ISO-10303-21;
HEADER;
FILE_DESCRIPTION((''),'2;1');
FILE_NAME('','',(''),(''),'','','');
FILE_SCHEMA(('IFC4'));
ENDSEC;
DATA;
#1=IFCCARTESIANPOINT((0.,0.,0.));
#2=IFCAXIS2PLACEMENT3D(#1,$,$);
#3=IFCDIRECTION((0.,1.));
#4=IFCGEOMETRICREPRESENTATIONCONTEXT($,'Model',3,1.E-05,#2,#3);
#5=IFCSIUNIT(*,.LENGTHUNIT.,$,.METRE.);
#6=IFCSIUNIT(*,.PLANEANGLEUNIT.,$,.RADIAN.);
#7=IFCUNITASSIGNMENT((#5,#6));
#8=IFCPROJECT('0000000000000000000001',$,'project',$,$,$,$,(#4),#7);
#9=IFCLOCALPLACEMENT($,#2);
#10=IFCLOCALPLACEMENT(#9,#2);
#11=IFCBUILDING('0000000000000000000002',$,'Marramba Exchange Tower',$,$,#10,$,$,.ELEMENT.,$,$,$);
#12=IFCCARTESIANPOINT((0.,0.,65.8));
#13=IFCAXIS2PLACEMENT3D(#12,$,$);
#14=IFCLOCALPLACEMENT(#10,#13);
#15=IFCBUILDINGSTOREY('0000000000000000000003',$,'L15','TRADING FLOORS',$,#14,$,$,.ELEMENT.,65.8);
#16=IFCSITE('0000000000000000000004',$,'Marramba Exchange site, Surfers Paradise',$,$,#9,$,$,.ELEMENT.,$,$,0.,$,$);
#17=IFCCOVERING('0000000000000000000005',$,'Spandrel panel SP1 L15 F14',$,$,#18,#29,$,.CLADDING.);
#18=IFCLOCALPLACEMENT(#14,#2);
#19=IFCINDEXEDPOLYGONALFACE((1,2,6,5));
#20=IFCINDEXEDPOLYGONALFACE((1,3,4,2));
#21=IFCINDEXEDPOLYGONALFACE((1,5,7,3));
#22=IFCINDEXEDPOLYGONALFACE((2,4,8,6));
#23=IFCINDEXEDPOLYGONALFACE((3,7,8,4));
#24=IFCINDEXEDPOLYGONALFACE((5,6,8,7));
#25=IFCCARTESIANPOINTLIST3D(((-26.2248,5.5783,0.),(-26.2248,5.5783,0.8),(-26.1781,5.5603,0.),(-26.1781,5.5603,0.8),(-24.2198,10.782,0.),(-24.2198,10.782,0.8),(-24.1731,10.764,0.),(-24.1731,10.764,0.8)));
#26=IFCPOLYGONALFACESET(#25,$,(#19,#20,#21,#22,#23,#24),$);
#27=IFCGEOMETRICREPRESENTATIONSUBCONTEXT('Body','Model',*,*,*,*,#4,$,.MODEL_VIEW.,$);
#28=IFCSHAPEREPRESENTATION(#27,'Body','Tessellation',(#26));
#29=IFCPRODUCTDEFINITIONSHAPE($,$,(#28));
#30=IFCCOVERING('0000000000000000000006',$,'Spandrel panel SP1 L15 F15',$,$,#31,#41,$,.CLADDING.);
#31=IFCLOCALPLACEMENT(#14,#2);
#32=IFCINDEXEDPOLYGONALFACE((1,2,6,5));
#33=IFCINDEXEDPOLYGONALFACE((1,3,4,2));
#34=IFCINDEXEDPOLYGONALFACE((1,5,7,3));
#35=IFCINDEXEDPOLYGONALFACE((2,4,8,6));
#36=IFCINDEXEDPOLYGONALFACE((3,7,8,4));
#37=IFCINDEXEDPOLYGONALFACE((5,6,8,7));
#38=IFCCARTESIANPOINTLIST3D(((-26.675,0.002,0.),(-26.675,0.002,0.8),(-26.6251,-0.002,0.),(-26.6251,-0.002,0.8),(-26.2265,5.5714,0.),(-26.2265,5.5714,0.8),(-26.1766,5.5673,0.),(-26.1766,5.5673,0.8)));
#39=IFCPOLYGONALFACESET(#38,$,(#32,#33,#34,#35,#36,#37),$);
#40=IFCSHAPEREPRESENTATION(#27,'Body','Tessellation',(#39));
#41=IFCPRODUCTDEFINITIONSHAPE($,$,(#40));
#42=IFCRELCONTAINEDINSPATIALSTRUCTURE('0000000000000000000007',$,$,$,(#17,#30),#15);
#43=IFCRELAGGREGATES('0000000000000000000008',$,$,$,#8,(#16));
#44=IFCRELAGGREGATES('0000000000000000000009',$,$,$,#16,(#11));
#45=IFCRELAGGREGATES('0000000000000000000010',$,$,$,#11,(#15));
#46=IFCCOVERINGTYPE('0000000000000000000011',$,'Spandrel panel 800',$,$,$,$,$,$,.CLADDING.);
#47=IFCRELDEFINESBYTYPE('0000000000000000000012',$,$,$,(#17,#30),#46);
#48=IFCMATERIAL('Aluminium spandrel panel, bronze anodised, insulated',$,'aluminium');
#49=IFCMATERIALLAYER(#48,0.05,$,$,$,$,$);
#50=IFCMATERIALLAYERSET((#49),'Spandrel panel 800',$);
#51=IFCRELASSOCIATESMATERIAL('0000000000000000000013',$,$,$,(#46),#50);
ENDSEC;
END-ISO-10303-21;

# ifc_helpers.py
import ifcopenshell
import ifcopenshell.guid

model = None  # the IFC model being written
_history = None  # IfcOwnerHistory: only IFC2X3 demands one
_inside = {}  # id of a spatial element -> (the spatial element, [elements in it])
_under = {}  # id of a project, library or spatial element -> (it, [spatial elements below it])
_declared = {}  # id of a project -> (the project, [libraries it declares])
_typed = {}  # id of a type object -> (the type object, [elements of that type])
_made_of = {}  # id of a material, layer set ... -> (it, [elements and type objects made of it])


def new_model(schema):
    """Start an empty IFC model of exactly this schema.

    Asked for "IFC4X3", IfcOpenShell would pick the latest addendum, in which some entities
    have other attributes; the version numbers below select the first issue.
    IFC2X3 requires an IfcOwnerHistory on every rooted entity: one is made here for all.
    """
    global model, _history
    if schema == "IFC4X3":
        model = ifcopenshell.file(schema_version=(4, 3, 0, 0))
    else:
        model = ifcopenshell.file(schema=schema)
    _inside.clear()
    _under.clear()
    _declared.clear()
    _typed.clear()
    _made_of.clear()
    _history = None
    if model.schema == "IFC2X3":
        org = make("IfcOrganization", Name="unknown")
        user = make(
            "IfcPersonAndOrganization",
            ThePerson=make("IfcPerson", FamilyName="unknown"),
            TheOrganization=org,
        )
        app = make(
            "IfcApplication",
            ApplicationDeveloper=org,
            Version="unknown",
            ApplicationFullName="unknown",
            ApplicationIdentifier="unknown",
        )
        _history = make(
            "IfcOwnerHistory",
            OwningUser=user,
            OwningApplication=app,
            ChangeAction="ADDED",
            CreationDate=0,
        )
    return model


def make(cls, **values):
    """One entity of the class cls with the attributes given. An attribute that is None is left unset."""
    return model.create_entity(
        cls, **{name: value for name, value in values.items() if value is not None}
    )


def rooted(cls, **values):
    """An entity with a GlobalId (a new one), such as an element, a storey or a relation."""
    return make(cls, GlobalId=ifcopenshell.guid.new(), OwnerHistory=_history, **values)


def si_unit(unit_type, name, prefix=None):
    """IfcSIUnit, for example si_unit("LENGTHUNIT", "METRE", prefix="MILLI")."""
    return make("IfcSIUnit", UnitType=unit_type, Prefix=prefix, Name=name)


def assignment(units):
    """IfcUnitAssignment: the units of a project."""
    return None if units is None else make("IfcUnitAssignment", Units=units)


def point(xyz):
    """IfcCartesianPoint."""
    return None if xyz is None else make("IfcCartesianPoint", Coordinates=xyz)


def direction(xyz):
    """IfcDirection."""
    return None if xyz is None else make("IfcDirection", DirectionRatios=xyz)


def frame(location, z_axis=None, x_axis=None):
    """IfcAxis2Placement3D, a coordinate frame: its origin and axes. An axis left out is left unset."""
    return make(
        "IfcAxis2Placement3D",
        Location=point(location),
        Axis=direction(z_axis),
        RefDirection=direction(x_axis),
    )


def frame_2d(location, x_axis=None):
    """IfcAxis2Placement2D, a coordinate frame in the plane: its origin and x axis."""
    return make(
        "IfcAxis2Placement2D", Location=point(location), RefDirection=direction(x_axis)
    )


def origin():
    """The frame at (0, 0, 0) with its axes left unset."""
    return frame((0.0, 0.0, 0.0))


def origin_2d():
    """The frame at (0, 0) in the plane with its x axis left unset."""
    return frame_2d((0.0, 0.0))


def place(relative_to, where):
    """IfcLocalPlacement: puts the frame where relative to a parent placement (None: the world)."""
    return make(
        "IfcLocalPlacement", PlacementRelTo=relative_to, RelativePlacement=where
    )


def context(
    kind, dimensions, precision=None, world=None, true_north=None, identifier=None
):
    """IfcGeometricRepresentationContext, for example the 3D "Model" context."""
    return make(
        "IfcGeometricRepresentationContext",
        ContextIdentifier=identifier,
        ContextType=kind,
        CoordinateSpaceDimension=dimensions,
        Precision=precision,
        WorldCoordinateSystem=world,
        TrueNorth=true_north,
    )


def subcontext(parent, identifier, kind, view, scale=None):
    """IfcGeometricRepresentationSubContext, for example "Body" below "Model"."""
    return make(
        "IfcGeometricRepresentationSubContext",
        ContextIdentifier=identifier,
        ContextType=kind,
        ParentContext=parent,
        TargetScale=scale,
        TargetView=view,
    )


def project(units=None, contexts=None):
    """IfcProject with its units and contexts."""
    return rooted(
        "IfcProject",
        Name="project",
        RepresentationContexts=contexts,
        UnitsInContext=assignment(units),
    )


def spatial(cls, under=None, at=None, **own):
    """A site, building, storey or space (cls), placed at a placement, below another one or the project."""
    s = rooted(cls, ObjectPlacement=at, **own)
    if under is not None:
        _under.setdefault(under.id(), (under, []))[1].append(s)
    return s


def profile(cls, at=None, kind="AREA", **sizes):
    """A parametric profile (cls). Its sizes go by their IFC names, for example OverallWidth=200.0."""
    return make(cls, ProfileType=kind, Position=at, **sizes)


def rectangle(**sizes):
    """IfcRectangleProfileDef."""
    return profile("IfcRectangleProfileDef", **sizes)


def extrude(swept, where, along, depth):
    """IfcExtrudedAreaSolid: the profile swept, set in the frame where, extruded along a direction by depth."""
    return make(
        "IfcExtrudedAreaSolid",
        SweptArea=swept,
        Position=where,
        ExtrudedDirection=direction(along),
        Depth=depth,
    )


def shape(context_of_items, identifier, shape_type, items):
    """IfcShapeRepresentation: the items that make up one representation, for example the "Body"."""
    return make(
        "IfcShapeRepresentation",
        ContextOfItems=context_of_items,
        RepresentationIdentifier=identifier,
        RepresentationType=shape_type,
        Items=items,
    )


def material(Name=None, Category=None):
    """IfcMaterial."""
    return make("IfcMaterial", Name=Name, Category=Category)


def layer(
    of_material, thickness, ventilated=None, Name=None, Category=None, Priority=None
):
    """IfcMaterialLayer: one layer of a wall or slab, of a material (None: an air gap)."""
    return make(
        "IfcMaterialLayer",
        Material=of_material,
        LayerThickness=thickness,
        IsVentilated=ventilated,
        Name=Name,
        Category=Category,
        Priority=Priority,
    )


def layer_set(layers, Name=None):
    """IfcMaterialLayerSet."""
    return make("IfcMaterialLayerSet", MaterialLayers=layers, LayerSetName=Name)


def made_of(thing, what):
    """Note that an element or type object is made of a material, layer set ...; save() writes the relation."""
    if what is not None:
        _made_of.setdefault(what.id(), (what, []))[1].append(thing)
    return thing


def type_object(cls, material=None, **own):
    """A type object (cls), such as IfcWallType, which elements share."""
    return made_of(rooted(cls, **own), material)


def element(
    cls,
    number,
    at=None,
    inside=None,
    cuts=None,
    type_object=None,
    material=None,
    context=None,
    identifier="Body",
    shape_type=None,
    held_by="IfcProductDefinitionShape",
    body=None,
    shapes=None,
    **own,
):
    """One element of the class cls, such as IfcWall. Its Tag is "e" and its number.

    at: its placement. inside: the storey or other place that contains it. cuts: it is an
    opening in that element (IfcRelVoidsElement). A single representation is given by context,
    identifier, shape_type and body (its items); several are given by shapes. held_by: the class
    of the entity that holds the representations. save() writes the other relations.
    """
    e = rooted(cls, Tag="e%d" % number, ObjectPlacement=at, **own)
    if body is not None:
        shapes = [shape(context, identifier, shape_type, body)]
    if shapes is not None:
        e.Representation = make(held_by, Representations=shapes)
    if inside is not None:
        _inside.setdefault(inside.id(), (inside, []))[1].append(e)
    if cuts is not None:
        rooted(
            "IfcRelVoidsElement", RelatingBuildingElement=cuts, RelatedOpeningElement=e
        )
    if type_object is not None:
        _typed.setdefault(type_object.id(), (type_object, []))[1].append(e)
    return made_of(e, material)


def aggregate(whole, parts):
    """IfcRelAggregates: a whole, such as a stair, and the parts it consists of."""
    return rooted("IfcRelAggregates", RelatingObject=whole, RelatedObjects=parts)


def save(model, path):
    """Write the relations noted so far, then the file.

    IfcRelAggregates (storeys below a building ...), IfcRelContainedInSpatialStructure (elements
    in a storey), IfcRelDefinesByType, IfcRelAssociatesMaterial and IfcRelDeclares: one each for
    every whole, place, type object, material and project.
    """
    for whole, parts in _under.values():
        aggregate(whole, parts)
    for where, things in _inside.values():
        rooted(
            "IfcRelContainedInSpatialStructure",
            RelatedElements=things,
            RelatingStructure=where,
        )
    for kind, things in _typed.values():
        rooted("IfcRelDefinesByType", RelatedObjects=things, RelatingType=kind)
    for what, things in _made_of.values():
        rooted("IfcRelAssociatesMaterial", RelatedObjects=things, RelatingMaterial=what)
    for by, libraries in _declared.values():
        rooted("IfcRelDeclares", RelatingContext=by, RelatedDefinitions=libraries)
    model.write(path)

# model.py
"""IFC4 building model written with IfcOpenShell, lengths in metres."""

from ifc_helpers import new_model, si_unit, direction, frame, origin, origin_2d, place, context, subcontext, project, spatial, rectangle, extrude, material, layer, layer_set, type_object, element, save


model = new_model("IFC4")

# Units and contexts
model_context = context("Model", 3, precision=1e-05, world=origin(), true_north=direction((0.0, 1.0)))
body_context = subcontext(model_context, "Body", "Model", "MODEL_VIEW")
ifc_project = project(units=[si_unit("LENGTHUNIT", "METRE"), si_unit("PLANEANGLEUNIT", "RADIAN")], contexts=[model_context])

# Site, building, storey
site_placement = place(None, origin())
site = spatial("IfcSite", under=ifc_project, at=site_placement, Name="Marramba Exchange site, Surfers Paradise", CompositionType="ELEMENT", RefElevation=0.0)
building_placement = place(site_placement, origin())
building = spatial("IfcBuilding", under=site, at=building_placement, Name="Marramba Exchange Tower", CompositionType="ELEMENT")
storey_placement = place(building_placement, frame((0.0, 0.0, 65.8)))
storey = spatial("IfcBuildingStorey", under=building, at=storey_placement, Name="L15", Description="TRADING FLOORS", CompositionType="ELEMENT", Elevation=65.8)

# Coverings
ifc_material_1 = material(Name="Aluminium spandrel panel, bronze anodised, insulated", Category="aluminium")
ifc_layer_1 = layer(ifc_material_1, 0.05)
ifc_layer_set_1 = layer_set([ifc_layer_1], Name="Spandrel panel 800")
covering_type = type_object("IfcCoveringType", Name="Spandrel panel 800", PredefinedType="CLADDING", material=ifc_layer_set_1)
covering_1_placement = place(storey_placement, frame((-25.199, 8.1711, 0.0), z_axis=(0.0, 0.0, 1.0), x_axis=(-0.359526, -0.933135, 0.0)))
element("IfcCovering", 1, at=covering_1_placement, inside=storey, type_object=covering_type, Name="Spandrel panel SP1 L15 F14", PredefinedType="CLADDING", context=body_context, shape_type="SweptSolid", body=[
    extrude(rectangle(XDim=5.5767, YDim=0.05, at=origin_2d()), origin(), (0.0, 0.0, 1.0), 0.8),
])
covering_2_placement = place(storey_placement, frame((-26.4258, 2.7847, 0.0), z_axis=(0.0, 0.0, 1.0), x_axis=(-0.080275, -0.996773, 0.0)))
element("IfcCovering", 2, at=covering_2_placement, inside=storey, type_object=covering_type, Name="Spandrel panel SP1 L15 F15", PredefinedType="CLADDING", context=body_context, shape_type="SweptSolid", body=[
    extrude(rectangle(XDim=5.5874, YDim=0.05, at=origin_2d()), origin(), (0.0, 0.0, 1.0), 0.8),
])

save(model, "model.ifc")
